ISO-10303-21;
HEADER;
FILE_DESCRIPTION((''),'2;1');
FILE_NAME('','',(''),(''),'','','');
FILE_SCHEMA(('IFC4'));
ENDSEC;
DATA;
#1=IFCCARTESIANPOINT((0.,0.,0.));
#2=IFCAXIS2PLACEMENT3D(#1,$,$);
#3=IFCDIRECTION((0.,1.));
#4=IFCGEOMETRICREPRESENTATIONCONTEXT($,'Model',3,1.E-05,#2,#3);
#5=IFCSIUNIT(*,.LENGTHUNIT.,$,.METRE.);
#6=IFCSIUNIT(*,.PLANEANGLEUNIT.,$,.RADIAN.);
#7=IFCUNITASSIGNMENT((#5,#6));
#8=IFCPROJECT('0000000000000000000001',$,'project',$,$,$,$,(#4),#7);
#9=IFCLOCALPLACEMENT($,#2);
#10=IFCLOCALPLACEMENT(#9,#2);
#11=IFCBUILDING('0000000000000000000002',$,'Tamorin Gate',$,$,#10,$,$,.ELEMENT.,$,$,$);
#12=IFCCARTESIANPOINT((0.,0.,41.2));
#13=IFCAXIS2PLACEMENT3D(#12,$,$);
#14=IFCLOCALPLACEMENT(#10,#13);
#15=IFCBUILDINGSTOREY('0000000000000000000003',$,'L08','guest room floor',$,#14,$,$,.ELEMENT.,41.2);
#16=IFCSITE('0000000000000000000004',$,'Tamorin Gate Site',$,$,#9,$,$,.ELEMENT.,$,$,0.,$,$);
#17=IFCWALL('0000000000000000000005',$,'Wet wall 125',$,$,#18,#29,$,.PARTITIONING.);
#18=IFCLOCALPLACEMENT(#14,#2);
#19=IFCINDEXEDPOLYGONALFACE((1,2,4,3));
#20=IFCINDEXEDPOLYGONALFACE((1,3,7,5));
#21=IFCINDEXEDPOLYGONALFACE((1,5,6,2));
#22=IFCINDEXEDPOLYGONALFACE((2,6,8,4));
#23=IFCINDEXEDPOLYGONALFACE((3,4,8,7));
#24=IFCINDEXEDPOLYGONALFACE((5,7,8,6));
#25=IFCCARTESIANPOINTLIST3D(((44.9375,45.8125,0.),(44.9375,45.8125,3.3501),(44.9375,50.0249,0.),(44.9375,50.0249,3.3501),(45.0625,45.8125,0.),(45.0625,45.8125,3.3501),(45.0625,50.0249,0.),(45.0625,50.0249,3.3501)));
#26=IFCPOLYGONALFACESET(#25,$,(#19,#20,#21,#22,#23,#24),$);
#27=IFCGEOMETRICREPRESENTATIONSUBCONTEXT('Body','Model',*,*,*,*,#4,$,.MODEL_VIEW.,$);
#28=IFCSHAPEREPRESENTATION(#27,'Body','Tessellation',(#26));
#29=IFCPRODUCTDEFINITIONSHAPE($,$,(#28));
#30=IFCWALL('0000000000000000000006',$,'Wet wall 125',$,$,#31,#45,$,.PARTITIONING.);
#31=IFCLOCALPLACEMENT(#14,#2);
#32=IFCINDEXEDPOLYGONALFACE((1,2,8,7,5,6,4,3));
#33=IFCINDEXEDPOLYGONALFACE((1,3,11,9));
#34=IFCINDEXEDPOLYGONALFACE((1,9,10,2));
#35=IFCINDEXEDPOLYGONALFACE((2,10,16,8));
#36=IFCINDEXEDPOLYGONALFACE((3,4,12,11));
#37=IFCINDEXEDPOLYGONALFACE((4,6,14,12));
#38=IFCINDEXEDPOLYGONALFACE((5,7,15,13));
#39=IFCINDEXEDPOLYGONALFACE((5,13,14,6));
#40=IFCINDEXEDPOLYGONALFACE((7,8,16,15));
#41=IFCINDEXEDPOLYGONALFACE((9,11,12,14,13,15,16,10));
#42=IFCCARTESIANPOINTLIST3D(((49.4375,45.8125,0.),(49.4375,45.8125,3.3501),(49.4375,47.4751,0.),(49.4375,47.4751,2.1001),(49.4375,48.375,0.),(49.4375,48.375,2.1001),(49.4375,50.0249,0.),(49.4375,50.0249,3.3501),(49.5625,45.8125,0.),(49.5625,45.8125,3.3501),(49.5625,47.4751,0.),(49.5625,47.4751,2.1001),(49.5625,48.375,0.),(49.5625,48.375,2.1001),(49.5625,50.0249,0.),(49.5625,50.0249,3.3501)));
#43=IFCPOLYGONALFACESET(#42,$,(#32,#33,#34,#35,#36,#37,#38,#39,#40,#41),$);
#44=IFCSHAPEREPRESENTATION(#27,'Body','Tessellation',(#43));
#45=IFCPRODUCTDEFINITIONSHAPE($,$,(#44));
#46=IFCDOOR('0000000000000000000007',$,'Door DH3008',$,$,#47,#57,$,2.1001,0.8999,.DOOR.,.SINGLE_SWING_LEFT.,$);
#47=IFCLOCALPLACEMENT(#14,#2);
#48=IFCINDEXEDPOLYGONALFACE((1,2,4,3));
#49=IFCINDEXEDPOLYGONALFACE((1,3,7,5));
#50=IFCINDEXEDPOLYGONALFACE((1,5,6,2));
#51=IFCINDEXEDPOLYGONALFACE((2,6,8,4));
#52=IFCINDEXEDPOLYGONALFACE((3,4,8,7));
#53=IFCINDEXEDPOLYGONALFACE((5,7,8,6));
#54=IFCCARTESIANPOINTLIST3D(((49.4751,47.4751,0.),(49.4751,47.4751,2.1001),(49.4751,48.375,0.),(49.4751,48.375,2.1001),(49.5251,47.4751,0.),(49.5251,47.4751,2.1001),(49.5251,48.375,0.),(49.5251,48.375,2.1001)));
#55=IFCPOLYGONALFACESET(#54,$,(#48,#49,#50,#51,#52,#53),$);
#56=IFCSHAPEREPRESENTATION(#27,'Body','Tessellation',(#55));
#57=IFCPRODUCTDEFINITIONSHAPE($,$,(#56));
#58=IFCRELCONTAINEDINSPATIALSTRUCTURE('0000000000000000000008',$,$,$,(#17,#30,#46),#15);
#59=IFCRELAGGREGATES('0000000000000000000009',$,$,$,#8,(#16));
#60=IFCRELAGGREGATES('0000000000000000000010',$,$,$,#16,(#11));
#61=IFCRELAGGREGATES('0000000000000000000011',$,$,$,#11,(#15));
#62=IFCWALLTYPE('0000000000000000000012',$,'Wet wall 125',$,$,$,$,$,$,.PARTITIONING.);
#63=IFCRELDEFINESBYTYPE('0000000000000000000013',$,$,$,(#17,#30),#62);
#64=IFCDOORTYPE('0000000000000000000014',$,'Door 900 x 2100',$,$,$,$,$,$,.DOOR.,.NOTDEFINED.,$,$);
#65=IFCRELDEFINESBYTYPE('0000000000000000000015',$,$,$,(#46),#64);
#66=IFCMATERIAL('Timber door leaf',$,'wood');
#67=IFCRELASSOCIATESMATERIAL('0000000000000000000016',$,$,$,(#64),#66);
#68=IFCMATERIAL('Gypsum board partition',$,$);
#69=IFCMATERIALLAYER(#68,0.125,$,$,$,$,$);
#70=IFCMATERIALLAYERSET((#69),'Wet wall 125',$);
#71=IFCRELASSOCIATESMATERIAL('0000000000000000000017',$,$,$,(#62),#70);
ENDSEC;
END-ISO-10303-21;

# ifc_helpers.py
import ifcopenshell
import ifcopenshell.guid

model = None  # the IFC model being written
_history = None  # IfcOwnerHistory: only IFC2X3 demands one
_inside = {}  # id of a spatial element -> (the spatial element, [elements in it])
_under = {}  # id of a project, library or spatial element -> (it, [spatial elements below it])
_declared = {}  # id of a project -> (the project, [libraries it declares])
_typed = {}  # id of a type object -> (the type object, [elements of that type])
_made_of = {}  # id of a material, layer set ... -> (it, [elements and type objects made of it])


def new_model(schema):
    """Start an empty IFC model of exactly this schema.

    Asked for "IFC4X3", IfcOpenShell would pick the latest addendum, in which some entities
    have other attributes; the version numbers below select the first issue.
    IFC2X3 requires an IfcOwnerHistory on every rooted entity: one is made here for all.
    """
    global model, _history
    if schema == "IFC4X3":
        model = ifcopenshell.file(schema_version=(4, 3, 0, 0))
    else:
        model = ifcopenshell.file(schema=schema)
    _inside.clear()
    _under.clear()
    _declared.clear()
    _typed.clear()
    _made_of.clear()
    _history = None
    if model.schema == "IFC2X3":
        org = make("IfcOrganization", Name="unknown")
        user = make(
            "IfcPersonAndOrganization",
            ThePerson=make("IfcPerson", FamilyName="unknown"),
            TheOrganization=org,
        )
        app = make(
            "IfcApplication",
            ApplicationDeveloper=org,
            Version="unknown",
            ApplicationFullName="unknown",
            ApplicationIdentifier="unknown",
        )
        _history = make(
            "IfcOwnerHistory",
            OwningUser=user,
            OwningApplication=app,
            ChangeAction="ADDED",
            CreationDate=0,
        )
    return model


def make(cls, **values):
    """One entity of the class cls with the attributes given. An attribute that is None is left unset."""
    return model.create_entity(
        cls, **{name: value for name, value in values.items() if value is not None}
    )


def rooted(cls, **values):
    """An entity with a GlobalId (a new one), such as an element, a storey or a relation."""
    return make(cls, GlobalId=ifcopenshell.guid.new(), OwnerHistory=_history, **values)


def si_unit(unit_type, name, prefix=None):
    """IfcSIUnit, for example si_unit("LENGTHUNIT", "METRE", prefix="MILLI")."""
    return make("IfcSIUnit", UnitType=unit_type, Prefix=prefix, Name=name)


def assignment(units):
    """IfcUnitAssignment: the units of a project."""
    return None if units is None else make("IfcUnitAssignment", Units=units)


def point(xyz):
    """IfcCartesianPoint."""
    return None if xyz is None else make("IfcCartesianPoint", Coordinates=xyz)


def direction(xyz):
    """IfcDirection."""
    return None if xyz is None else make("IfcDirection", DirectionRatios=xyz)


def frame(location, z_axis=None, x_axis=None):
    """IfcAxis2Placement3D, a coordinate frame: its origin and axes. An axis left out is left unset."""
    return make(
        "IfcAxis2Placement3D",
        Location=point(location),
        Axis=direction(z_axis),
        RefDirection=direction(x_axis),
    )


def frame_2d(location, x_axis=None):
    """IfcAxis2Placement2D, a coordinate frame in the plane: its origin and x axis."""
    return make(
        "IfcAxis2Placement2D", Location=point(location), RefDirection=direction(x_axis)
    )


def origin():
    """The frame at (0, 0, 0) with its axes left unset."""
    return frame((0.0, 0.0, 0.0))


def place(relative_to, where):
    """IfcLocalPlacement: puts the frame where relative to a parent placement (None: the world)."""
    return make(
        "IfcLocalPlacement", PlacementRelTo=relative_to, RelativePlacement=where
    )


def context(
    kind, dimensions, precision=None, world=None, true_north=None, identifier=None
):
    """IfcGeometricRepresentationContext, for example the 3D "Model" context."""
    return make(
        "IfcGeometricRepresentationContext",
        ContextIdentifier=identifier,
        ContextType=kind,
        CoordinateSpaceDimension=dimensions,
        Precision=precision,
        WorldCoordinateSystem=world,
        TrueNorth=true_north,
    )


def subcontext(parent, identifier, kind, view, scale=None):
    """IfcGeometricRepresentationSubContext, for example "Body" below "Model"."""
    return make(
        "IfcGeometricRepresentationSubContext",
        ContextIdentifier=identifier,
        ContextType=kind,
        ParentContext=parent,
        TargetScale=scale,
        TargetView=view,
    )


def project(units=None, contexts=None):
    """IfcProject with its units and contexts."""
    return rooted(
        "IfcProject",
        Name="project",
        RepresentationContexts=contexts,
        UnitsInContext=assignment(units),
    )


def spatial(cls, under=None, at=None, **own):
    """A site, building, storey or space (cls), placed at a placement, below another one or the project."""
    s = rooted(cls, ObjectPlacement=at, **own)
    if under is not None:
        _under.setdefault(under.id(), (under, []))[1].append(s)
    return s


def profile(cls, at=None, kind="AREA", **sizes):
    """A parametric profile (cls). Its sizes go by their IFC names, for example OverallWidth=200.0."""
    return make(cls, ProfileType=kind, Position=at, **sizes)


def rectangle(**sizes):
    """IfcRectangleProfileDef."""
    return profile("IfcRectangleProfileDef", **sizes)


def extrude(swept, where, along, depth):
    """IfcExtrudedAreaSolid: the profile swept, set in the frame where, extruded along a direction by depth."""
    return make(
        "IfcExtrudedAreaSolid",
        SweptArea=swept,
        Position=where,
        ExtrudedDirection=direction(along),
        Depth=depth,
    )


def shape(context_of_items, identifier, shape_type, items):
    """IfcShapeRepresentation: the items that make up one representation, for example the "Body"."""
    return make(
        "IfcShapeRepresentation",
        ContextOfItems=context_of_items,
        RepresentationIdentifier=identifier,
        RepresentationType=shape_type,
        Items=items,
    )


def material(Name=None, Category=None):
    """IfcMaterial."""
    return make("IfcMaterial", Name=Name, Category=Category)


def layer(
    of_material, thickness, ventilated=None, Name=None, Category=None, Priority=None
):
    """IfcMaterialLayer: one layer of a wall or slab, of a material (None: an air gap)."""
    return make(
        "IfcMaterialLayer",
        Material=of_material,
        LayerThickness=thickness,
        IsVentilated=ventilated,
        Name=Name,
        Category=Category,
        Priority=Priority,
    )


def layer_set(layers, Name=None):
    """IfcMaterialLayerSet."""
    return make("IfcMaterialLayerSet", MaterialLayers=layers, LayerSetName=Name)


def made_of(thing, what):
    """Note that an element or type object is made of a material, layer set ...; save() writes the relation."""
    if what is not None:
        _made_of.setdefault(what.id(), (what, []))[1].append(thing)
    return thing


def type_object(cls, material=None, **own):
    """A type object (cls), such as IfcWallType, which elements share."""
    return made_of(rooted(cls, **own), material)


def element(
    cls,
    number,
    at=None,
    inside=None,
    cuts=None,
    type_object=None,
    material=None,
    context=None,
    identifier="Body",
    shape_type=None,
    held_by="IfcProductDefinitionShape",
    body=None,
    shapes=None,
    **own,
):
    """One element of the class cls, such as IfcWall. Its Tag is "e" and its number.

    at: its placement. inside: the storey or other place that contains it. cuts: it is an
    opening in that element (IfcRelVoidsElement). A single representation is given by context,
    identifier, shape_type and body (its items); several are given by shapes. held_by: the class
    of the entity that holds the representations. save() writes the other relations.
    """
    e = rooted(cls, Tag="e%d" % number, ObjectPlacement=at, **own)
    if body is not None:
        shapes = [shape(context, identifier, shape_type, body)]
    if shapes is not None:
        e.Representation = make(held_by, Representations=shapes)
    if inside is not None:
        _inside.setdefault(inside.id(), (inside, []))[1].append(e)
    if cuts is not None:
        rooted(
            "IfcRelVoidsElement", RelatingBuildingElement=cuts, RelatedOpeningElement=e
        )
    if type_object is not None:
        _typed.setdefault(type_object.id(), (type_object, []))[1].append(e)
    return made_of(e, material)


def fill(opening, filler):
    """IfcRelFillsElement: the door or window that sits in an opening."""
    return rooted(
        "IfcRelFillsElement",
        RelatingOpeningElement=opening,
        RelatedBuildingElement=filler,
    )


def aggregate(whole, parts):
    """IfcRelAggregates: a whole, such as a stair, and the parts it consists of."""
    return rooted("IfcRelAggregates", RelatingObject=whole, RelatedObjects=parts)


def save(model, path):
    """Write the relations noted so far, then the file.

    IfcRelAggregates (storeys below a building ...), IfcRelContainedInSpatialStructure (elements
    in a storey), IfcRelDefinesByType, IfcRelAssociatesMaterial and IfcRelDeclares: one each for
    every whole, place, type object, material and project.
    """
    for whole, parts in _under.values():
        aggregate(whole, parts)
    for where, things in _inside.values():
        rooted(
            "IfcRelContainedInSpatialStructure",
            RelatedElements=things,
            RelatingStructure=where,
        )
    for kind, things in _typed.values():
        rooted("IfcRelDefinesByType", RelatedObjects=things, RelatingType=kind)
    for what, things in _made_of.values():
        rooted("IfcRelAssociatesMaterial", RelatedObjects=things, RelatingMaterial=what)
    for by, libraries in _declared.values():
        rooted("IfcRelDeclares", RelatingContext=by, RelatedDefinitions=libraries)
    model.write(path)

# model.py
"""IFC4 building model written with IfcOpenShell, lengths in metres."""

from ifc_helpers import new_model, si_unit, direction, frame, frame_2d, origin, place, context, subcontext, project, spatial, rectangle, extrude, material, layer, layer_set, type_object, element, fill, save


model = new_model("IFC4")

# Units and contexts
model_context = context("Model", 3, precision=1e-05, world=origin(), true_north=direction((0.0, 1.0)))
body_context = subcontext(model_context, "Body", "Model", "MODEL_VIEW")
ifc_project = project(units=[si_unit("LENGTHUNIT", "METRE"), si_unit("PLANEANGLEUNIT", "RADIAN")], contexts=[model_context])

# Site, building, storey
site_placement = place(None, origin())
site = spatial("IfcSite", under=ifc_project, at=site_placement, Name="Tamorin Gate Site", CompositionType="ELEMENT", RefElevation=0.0)
building_placement = place(site_placement, origin())
building = spatial("IfcBuilding", under=site, at=building_placement, Name="Tamorin Gate", CompositionType="ELEMENT")
storey_placement = place(building_placement, frame((0.0, 0.0, 41.2)))
storey = spatial("IfcBuildingStorey", under=building, at=storey_placement, Name="L08", Description="guest room floor", CompositionType="ELEMENT", Elevation=41.2)

# Shared definitions
ifc_material_1 = material(Name="Gypsum board partition")

# Shared definitions
ifc_material_2 = material(Name="Timber door leaf", Category="wood")
door_type = type_object("IfcDoorType", Name="Door 900 x 2100", OperationType="NOTDEFINED", PredefinedType="DOOR", material=ifc_material_2)

# Shared definitions
ifc_layer_1 = layer(ifc_material_1, 0.125)
ifc_layer_set_1 = layer_set([ifc_layer_1], Name="Wet wall 125")
wall_type_1 = type_object("IfcWallType", Name="Wet wall 125", PredefinedType="PARTITIONING", material=ifc_layer_set_1)

# Wall
wall_1_placement = place(storey_placement, frame((45.0, 45.8125, 0.0), z_axis=(0.0, 0.0, 1.0), x_axis=(0.0, 1.0, 0.0)))
element("IfcWall", 1, at=wall_1_placement, inside=storey, type_object=wall_type_1, Name="Wet wall 125", PredefinedType="PARTITIONING", context=body_context, shape_type="SweptSolid", body=[
    extrude(rectangle(XDim=4.2124, YDim=0.125, at=frame_2d((2.1062, 0.0))), origin(), (0.0, 0.0, 1.0), 3.3501),
])

# Wall, opening, door
wall_2_placement = place(storey_placement, frame((49.5, 45.8125, 0.0), z_axis=(0.0, 0.0, 1.0), x_axis=(0.0, 1.0, 0.0)))
wall_2 = element("IfcWall", 2, at=wall_2_placement, inside=storey, type_object=wall_type_1, Name="Wet wall 125", PredefinedType="PARTITIONING", context=body_context, shape_type="SweptSolid", body=[
    extrude(rectangle(XDim=4.2124, YDim=0.125, at=frame_2d((2.1062, 0.0))), origin(), (0.0, 0.0, 1.0), 3.3501),
])
opening_1_placement = place(wall_2_placement, frame((1.6626, 0.0, 0.0)))
opening_1 = element("IfcOpeningElement", 3, at=opening_1_placement, cuts=wall_2, PredefinedType="OPENING", context=body_context, shape_type="SweptSolid", body=[
    extrude(rectangle(XDim=0.8999, YDim=2.1001, at=frame_2d((0.45, 1.05))), frame((0.0, 0.0725, 0.0), z_axis=(0.0, -1.0, 0.0), x_axis=(1.0, 0.0, 0.0)), (0.0, 0.0, 1.0), 0.145),
])
door_1_placement = place(opening_1_placement, origin())
door_1 = element("IfcDoor", 4, at=door_1_placement, inside=storey, type_object=door_type, Name="Door DH3008", OperationType="SINGLE_SWING_LEFT", OverallHeight=2.1001, OverallWidth=0.8999, PredefinedType="DOOR", context=body_context, shape_type="SweptSolid", body=[
    extrude(rectangle(XDim=0.8999, YDim=2.1001, at=frame_2d((0.45, 1.05))), frame((0.0, 0.0249, 0.0), z_axis=(0.0, -1.0, 0.0), x_axis=(1.0, 0.0, 0.0)), (0.0, 0.0, 1.0), 0.05),
])
fill(opening_1, door_1)

save(model, "model.ifc")
